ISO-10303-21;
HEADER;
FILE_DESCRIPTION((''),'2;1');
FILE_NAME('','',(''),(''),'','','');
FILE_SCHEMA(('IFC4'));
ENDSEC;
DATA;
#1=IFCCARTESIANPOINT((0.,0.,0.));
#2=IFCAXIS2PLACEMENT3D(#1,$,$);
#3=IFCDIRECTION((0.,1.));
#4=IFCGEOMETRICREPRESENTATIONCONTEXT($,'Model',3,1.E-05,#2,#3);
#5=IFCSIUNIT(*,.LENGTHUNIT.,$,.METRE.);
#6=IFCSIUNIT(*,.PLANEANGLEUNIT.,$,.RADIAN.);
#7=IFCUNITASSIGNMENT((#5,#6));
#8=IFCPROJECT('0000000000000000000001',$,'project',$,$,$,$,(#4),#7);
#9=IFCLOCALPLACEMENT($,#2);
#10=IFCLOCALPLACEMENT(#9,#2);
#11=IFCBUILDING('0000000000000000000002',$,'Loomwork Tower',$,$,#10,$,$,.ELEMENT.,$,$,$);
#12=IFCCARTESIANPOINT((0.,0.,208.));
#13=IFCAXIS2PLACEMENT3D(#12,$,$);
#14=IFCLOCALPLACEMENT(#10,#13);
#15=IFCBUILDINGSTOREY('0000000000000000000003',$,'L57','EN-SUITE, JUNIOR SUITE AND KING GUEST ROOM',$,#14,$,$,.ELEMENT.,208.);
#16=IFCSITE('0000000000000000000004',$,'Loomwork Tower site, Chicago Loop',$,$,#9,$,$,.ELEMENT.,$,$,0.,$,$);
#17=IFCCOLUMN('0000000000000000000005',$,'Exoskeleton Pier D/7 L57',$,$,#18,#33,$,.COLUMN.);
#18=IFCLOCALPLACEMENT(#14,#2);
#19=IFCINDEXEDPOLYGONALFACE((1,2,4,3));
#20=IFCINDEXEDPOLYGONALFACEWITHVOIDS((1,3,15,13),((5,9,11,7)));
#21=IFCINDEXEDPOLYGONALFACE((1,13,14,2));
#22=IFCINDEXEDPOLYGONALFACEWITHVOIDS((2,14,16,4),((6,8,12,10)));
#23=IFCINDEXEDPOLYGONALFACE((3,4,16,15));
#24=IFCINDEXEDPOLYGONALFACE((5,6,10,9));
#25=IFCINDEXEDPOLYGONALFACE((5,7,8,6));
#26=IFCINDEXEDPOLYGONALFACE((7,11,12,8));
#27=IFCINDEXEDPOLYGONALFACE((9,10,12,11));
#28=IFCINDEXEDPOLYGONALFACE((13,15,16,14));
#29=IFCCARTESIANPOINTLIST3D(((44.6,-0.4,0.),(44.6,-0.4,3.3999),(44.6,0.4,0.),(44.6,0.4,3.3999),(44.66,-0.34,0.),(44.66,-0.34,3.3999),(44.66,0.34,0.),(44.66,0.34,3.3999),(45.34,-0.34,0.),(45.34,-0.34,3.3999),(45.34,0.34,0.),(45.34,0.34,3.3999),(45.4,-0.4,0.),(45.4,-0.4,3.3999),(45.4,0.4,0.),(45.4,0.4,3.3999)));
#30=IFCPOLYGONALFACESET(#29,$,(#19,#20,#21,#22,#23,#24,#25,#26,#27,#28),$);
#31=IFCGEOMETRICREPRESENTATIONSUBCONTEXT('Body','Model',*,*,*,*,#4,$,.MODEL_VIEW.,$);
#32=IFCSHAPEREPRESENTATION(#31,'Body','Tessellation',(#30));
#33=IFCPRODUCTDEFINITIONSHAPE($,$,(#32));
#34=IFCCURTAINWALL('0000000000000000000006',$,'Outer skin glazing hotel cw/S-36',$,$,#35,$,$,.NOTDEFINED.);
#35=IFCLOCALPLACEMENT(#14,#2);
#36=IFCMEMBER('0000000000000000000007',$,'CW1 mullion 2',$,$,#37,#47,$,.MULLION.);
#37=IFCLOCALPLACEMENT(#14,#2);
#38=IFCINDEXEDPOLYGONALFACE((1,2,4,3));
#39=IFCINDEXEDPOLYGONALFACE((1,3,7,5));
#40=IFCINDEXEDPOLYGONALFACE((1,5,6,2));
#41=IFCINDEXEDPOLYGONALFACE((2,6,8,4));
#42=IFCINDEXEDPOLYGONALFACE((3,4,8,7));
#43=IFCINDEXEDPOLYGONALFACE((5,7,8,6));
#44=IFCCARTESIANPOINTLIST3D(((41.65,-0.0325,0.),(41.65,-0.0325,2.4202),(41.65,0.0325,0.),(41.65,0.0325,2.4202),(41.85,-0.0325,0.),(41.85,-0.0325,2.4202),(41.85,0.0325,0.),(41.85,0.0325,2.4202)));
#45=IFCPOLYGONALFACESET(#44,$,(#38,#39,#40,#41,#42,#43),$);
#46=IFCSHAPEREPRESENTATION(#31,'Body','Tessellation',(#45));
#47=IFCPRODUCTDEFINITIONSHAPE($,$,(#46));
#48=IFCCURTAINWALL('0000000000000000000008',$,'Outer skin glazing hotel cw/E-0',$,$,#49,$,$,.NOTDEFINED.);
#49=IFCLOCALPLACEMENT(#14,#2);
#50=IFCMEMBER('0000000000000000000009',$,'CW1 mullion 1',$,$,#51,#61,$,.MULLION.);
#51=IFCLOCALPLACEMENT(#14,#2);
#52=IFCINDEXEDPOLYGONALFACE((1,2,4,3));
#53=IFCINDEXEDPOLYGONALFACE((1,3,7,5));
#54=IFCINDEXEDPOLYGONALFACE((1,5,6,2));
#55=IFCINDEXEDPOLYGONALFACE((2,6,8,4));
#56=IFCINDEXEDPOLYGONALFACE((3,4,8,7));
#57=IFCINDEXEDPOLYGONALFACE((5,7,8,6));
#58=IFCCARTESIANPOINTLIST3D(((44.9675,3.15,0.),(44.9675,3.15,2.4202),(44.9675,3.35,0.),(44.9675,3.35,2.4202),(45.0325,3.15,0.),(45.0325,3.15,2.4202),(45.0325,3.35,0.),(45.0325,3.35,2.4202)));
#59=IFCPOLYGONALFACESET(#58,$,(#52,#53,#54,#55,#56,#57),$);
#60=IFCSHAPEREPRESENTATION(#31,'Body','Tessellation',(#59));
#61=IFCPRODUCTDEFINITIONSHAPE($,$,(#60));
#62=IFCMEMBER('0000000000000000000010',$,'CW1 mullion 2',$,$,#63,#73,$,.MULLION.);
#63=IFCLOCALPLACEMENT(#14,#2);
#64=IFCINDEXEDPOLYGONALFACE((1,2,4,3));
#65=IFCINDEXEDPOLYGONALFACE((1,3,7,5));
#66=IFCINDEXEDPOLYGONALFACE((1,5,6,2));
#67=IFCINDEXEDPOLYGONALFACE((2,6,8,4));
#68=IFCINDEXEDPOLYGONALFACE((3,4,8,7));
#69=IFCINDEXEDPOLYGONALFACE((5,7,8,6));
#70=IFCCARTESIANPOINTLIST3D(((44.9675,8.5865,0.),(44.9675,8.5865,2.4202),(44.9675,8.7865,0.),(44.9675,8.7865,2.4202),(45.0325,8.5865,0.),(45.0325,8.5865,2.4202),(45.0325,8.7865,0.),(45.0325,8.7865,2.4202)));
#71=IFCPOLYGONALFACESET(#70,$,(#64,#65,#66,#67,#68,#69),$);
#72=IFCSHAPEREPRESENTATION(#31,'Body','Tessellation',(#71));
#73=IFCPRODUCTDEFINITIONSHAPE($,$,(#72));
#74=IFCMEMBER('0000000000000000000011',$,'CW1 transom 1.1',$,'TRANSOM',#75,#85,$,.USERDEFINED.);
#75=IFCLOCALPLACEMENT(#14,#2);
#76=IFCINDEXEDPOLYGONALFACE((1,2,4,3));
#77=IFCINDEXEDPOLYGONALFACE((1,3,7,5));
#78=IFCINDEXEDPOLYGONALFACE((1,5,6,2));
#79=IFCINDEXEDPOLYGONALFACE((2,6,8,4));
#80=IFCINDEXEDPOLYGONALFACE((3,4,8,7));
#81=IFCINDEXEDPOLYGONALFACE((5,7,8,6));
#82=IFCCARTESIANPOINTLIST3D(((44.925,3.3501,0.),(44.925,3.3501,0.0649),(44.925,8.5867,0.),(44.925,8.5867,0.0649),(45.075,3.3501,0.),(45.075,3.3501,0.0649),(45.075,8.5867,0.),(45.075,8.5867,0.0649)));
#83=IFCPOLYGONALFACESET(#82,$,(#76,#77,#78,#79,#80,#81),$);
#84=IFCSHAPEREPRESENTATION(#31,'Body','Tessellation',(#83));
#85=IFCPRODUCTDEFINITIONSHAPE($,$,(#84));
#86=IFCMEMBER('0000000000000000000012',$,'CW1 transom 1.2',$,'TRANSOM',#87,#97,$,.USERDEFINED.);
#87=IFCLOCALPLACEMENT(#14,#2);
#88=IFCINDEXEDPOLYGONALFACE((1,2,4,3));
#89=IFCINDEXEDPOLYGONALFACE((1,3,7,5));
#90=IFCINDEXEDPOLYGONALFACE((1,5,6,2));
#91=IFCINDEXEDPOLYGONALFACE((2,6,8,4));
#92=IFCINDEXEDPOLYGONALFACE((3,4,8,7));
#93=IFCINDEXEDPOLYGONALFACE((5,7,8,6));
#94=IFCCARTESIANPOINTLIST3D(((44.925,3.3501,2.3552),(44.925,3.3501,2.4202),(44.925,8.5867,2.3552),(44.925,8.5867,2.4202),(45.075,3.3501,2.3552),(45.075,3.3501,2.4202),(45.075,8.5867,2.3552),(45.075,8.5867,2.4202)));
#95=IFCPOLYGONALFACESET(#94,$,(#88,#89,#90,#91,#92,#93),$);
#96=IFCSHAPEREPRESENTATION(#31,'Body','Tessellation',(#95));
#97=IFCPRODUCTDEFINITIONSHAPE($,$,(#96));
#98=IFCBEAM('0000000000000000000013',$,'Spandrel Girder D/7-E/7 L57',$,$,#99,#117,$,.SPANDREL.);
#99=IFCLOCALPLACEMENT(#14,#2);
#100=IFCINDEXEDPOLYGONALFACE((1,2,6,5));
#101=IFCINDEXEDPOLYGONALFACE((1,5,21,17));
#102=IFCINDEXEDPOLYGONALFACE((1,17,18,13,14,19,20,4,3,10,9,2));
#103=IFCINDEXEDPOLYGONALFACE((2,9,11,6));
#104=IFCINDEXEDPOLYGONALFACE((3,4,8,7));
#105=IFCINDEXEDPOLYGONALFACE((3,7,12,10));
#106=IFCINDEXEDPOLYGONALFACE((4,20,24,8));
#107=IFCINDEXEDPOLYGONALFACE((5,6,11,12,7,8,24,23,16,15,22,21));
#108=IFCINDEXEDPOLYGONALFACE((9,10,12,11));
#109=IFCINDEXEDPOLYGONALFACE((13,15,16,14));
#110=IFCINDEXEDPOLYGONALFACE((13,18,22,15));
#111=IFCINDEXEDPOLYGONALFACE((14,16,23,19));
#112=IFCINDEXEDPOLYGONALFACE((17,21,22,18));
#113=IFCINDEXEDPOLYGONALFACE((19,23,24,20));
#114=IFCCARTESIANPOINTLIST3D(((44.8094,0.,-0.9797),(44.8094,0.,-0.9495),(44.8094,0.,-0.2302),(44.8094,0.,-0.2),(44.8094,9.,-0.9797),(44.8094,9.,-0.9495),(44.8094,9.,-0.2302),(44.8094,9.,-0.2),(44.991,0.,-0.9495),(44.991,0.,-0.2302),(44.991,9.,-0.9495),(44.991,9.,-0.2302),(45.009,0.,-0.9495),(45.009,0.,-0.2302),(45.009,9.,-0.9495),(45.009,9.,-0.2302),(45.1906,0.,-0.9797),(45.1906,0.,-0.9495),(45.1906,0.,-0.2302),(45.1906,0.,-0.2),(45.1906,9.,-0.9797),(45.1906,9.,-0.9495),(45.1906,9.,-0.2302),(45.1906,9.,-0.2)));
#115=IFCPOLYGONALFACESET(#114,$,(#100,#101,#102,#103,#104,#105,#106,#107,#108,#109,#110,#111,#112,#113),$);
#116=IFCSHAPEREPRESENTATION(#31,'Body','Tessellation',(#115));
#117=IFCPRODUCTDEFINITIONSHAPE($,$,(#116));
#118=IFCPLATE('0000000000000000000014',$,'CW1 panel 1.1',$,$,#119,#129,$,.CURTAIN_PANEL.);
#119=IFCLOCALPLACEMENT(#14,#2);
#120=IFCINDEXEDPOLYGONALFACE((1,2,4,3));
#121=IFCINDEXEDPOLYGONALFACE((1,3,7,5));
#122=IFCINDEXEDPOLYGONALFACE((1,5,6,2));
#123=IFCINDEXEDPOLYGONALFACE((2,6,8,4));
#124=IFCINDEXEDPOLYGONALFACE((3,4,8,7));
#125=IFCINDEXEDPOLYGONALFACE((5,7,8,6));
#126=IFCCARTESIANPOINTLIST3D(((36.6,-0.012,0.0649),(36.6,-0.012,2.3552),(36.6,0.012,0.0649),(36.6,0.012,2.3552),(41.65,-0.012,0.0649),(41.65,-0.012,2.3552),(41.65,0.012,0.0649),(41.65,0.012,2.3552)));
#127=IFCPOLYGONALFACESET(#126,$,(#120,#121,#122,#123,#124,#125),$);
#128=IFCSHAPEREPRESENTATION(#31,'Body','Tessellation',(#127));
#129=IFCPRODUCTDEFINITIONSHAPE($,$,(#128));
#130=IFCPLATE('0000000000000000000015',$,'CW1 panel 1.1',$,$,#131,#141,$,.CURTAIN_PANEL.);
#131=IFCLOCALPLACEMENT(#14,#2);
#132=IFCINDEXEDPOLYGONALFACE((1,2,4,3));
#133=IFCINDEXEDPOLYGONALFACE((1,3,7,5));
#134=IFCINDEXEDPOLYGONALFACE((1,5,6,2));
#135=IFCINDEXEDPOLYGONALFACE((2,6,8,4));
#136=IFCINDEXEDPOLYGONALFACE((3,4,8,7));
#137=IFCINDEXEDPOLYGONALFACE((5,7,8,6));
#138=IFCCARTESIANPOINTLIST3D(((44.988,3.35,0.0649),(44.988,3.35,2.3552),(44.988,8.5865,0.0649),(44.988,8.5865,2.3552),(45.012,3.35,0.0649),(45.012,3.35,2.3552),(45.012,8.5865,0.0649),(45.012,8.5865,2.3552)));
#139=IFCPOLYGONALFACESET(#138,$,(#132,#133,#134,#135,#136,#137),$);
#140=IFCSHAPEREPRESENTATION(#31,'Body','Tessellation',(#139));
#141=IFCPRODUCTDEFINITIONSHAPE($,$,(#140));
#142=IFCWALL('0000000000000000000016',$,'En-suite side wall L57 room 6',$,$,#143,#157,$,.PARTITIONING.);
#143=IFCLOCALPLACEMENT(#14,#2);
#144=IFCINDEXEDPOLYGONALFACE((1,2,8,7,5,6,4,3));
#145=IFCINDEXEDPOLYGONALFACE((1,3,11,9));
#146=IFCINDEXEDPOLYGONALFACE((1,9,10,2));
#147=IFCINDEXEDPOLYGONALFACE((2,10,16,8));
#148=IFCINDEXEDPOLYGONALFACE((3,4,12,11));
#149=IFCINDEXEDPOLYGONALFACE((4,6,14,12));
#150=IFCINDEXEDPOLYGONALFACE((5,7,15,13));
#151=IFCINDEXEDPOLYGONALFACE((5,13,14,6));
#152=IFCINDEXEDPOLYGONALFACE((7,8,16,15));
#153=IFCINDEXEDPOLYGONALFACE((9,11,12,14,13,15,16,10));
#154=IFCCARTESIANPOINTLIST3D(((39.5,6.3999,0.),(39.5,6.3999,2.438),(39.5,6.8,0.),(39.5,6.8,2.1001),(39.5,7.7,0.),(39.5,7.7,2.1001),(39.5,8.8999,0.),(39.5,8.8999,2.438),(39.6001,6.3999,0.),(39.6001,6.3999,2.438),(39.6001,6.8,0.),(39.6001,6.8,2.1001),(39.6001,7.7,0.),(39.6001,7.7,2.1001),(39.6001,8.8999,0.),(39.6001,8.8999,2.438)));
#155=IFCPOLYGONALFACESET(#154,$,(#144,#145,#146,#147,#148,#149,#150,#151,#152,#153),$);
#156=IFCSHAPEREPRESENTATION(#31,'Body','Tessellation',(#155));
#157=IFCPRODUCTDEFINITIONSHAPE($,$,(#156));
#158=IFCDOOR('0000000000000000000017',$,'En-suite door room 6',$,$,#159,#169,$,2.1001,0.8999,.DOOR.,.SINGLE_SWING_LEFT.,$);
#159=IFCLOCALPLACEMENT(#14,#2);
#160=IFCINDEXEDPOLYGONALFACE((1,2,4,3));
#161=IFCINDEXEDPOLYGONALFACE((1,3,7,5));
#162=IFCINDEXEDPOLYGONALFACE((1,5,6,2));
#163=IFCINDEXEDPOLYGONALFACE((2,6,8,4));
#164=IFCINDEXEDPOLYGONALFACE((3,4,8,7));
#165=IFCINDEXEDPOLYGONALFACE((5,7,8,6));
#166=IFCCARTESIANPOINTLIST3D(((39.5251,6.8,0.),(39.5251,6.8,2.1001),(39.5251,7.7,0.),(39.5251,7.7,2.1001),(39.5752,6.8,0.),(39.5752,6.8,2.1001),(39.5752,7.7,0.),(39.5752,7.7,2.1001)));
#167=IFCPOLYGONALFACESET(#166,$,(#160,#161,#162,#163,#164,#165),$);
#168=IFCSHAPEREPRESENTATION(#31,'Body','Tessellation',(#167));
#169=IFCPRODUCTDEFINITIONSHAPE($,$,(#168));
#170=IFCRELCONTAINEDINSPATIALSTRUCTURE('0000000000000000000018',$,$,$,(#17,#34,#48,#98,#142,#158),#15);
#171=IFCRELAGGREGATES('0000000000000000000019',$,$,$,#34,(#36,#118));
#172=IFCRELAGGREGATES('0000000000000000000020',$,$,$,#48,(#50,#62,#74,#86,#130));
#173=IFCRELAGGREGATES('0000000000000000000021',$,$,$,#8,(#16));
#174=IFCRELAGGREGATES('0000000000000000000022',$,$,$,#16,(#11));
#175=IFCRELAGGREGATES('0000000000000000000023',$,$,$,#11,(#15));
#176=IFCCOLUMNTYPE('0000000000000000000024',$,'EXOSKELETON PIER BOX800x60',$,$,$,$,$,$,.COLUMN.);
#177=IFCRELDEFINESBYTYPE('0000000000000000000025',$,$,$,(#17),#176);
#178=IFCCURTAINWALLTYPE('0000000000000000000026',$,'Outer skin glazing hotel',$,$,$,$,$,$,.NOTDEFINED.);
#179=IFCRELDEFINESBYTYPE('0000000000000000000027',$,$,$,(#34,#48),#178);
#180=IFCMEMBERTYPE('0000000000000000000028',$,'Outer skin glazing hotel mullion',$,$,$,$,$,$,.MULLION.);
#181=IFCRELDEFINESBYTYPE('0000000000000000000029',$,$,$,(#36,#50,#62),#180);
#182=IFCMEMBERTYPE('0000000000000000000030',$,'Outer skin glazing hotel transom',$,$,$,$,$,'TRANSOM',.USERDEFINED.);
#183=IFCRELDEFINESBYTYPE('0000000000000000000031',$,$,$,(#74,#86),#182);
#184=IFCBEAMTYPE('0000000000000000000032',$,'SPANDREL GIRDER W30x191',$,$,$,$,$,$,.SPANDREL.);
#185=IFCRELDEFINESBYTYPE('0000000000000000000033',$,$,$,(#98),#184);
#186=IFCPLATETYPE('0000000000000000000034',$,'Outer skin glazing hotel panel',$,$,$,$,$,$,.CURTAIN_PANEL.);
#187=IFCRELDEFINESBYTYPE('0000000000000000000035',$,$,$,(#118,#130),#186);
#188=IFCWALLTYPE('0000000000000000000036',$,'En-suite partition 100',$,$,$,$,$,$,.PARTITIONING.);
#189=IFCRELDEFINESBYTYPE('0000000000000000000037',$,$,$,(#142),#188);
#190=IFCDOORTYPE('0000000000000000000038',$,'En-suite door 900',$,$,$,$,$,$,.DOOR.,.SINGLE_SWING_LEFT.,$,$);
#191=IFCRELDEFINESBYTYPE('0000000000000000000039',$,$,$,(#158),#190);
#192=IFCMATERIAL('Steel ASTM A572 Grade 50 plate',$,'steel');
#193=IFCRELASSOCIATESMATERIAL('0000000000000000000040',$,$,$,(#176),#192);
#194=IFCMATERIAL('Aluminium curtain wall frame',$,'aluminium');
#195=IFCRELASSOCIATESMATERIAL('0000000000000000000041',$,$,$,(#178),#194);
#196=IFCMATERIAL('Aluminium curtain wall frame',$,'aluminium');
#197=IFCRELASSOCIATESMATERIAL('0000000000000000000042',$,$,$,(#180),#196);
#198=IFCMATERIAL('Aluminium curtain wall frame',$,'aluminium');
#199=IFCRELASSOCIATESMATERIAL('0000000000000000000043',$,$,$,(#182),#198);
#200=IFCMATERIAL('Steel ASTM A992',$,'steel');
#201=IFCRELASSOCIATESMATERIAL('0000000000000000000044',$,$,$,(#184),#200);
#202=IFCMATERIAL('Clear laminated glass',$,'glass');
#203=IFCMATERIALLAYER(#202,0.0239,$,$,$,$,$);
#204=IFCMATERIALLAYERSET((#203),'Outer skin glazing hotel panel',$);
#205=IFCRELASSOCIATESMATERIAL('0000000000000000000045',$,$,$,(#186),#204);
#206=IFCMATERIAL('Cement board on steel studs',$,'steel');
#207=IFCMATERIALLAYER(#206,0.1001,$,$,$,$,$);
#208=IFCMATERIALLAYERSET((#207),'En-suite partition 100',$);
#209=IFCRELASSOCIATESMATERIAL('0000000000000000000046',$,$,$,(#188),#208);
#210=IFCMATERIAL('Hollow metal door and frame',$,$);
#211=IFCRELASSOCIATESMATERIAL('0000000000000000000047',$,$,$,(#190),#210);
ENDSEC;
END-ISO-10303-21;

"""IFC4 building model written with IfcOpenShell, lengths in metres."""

from ifc_helpers import new_model, si_unit, direction, frame, frame_2d, origin, origin_2d, place, context, subcontext, project, spatial, rectangle, hollow_rectangle, i_section, extrude, material, layer, layer_set, material_profile, profile_set, type_object, element, fill, aggregate, save


model = new_model("IFC4")

# Units and contexts
model_context = context("Model", 3, precision=1e-05, world=origin(), true_north=direction((0.0, 1.0)))
body_context = subcontext(model_context, "Body", "Model", "MODEL_VIEW")
ifc_project = project(units=[si_unit("LENGTHUNIT", "METRE"), si_unit("PLANEANGLEUNIT", "RADIAN")], contexts=[model_context])

# Site, building, storey
site_placement = place(None, origin())
site = spatial("IfcSite", under=ifc_project, at=site_placement, Name="Loomwork Tower site, Chicago Loop", CompositionType="ELEMENT", RefElevation=0.0)
building_placement = place(site_placement, origin())
building = spatial("IfcBuilding", under=site, at=building_placement, Name="Loomwork Tower", CompositionType="ELEMENT")
storey_placement = place(building_placement, frame((0.0, 0.0, 208.0)))
storey = spatial("IfcBuildingStorey", under=building, at=storey_placement, Name="L57", Description="EN-SUITE, JUNIOR SUITE AND KING GUEST ROOM", CompositionType="ELEMENT", Elevation=208.0)

# Column
ifc_material_1 = material(Name="Steel ASTM A572 Grade 50 plate", Category="steel")
ifc_material_profile_1 = material_profile(ifc_material_1, hollow_rectangle(XDim=0.8, YDim=0.8, WallThickness=0.0601, at=origin_2d()), Name="BOX800x60")
ifc_profile_set_1 = profile_set([ifc_material_profile_1], Name="Steel ASTM A572 Grade 50 plate")
column_type = type_object("IfcColumnType", Name="EXOSKELETON PIER BOX800x60", PredefinedType="COLUMN", material=ifc_profile_set_1)
column_placement = place(storey_placement, frame((45.0, 0.0, 0.0), z_axis=(0.0, 0.0, 1.0), x_axis=(1.0, 0.0, 0.0)))
element("IfcColumn", 1, at=column_placement, inside=storey, type_object=column_type, Name="Exoskeleton Pier D/7 L57", PredefinedType="COLUMN", context=body_context, shape_type="SweptSolid", body=[
    extrude(hollow_rectangle(XDim=0.8, YDim=0.8, WallThickness=0.0601, at=origin_2d()), origin(), (0.0, 0.0, 1.0), 3.3999),
])

# Curtain wall, member
ifc_material_2 = material(Name="Aluminium curtain wall frame", Category="aluminium")
curtain_wall_type = type_object("IfcCurtainWallType", Name="Outer skin glazing hotel", PredefinedType="NOTDEFINED", material=ifc_material_2)
curtain_wall_1_placement = place(storey_placement, origin())
curtain_wall_1 = element("IfcCurtainWall", 2, at=curtain_wall_1_placement, inside=storey, type_object=curtain_wall_type, Name="Outer skin glazing hotel cw/S-36", PredefinedType="NOTDEFINED")
ifc_material_3 = material(Name="Aluminium curtain wall frame", Category="aluminium")
ifc_material_profile_2 = material_profile(ifc_material_3, rectangle(XDim=0.0649, YDim=0.2, at=origin_2d()), Name="AL 65x200")
ifc_profile_set_2 = profile_set([ifc_material_profile_2], Name="Aluminium curtain wall frame")
member_type_1 = type_object("IfcMemberType", Name="Outer skin glazing hotel mullion", PredefinedType="MULLION", material=ifc_profile_set_2)
member_1_placement = place(storey_placement, frame((41.75, 0.0, 0.0), z_axis=(0.0, 0.0, 1.0), x_axis=(0.0, 1.0, 0.0)))
member_1 = element("IfcMember", 3, at=member_1_placement, type_object=member_type_1, Name="CW1 mullion 2", PredefinedType="MULLION", context=body_context, shape_type="SweptSolid", body=[
    extrude(rectangle(XDim=0.0649, YDim=0.2, at=origin_2d()), origin(), (0.0, 0.0, 1.0), 2.4202),
])

# Curtain wall, members
curtain_wall_2_placement = place(storey_placement, origin())
curtain_wall_2 = element("IfcCurtainWall", 4, at=curtain_wall_2_placement, inside=storey, type_object=curtain_wall_type, Name="Outer skin glazing hotel cw/E-0", PredefinedType="NOTDEFINED")
member_2_placement = place(storey_placement, frame((45.0, 3.25, 0.0), z_axis=(0.0, 0.0, 1.0), x_axis=(-1.0, 0.0, 0.0)))
member_2 = element("IfcMember", 5, at=member_2_placement, type_object=member_type_1, Name="CW1 mullion 1", PredefinedType="MULLION", context=body_context, shape_type="SweptSolid", body=[
    extrude(rectangle(XDim=0.0649, YDim=0.2, at=origin_2d()), origin(), (0.0, 0.0, 1.0), 2.4202),
])
member_3_placement = place(storey_placement, frame((45.0, 8.6865, 0.0), z_axis=(0.0, 0.0, 1.0), x_axis=(-1.0, 0.0, 0.0)))
member_3 = element("IfcMember", 6, at=member_3_placement, type_object=member_type_1, Name="CW1 mullion 2", PredefinedType="MULLION", context=body_context, shape_type="SweptSolid", body=[
    extrude(rectangle(XDim=0.0649, YDim=0.2, at=origin_2d()), origin(), (0.0, 0.0, 1.0), 2.4202),
])
ifc_material_4 = material(Name="Aluminium curtain wall frame", Category="aluminium")
ifc_material_profile_3 = material_profile(ifc_material_4, rectangle(XDim=0.1499, YDim=0.0649, at=origin_2d()), Name="AL 65x150")
ifc_profile_set_3 = profile_set([ifc_material_profile_3], Name="Aluminium curtain wall frame")
member_type_2 = type_object("IfcMemberType", Name="Outer skin glazing hotel transom", ElementType="TRANSOM", PredefinedType="USERDEFINED", material=ifc_profile_set_3)
member_4_placement = place(storey_placement, frame((45.0, 3.3501, 0.0325), z_axis=(0.0, 1.0, 0.0), x_axis=(-1.0, 0.0, 0.0)))
member_4 = element("IfcMember", 7, at=member_4_placement, type_object=member_type_2, Name="CW1 transom 1.1", ObjectType="TRANSOM", PredefinedType="USERDEFINED", context=body_context, shape_type="SweptSolid", body=[
    extrude(rectangle(XDim=0.1499, YDim=0.0649, at=origin_2d()), origin(), (0.0, 0.0, 1.0), 5.2366),
])
member_5_placement = place(storey_placement, frame((45.0, 3.3501, 2.3877), z_axis=(0.0, 1.0, 0.0), x_axis=(-1.0, 0.0, 0.0)))
member_5 = element("IfcMember", 8, at=member_5_placement, type_object=member_type_2, Name="CW1 transom 1.2", ObjectType="TRANSOM", PredefinedType="USERDEFINED", context=body_context, shape_type="SweptSolid", body=[
    extrude(rectangle(XDim=0.1499, YDim=0.0649, at=origin_2d()), origin(), (0.0, 0.0, 1.0), 5.2366),
])

# Beam
ifc_material_5 = material(Name="Steel ASTM A992", Category="steel")
ifc_material_profile_4 = material_profile(ifc_material_5, i_section(OverallWidth=0.3811, OverallDepth=0.7798, WebThickness=0.0181, FlangeThickness=0.0303, at=origin_2d()), Name="W30x191")
ifc_profile_set_4 = profile_set([ifc_material_profile_4], Name="Steel ASTM A992")
beam_type = type_object("IfcBeamType", Name="SPANDREL GIRDER W30x191", PredefinedType="SPANDREL", material=ifc_profile_set_4)
beam_placement = place(storey_placement, frame((45.0, 0.0, -0.5898), z_axis=(0.0, 1.0, 0.0), x_axis=(-1.0, 0.0, 0.0)))
element("IfcBeam", 9, at=beam_placement, inside=storey, type_object=beam_type, Name="Spandrel Girder D/7-E/7 L57", PredefinedType="SPANDREL", context=body_context, shape_type="SweptSolid", body=[
    extrude(i_section(OverallWidth=0.3811, OverallDepth=0.7798, WebThickness=0.0181, FlangeThickness=0.0303, at=origin_2d()), origin(), (0.0, 0.0, 1.0), 9.0),
])

# Plates
ifc_material_6 = material(Name="Clear laminated glass", Category="glass")
ifc_layer_1 = layer(ifc_material_6, 0.0239)
ifc_layer_set_1 = layer_set([ifc_layer_1], Name="Outer skin glazing hotel panel")
plate_type = type_object("IfcPlateType", Name="Outer skin glazing hotel panel", PredefinedType="CURTAIN_PANEL", material=ifc_layer_set_1)
plate_1_placement = place(storey_placement, frame((39.125, 0.0, 0.0649), z_axis=(0.0, 0.0, 1.0), x_axis=(1.0, 0.0, 0.0)))
plate_1 = element("IfcPlate", 10, at=plate_1_placement, type_object=plate_type, Name="CW1 panel 1.1", PredefinedType="CURTAIN_PANEL", context=body_context, shape_type="SweptSolid", body=[
    extrude(rectangle(XDim=5.05, YDim=0.0239, at=origin_2d()), origin(), (0.0, 0.0, 1.0), 2.2903),
])
aggregate(curtain_wall_1, [member_1, plate_1])
plate_2_placement = place(storey_placement, frame((45.0, 5.9683, 0.0649), z_axis=(0.0, 0.0, 1.0), x_axis=(0.0, 1.0, 0.0)))
plate_2 = element("IfcPlate", 11, at=plate_2_placement, type_object=plate_type, Name="CW1 panel 1.1", PredefinedType="CURTAIN_PANEL", context=body_context, shape_type="SweptSolid", body=[
    extrude(rectangle(XDim=5.2366, YDim=0.0239, at=origin_2d()), origin(), (0.0, 0.0, 1.0), 2.2903),
])
aggregate(curtain_wall_2, [member_2, member_3, member_4, member_5, plate_2])

# Wall, opening, door
ifc_material_7 = material(Name="Cement board on steel studs", Category="steel")
ifc_layer_2 = layer(ifc_material_7, 0.1001)
ifc_layer_set_2 = layer_set([ifc_layer_2], Name="En-suite partition 100")
wall_type_1 = type_object("IfcWallType", Name="En-suite partition 100", PredefinedType="PARTITIONING", material=ifc_layer_set_2)
wall_1_placement = place(storey_placement, frame((39.55, 8.8999, 0.0), z_axis=(0.0, 0.0, 1.0), x_axis=(0.0, -1.0, 0.0)))
wall_1 = element("IfcWall", 12, at=wall_1_placement, inside=storey, type_object=wall_type_1, Name="En-suite side wall L57 room 6", PredefinedType="PARTITIONING", context=body_context, shape_type="SweptSolid", body=[
    extrude(rectangle(XDim=2.5, YDim=0.1001, at=frame_2d((1.25, 0.0))), origin(), (0.0, 0.0, 1.0), 2.438),
])
opening_1_placement = place(wall_1_placement, frame((1.2, 0.0, 0.0)))
opening_1 = element("IfcOpeningElement", 13, at=opening_1_placement, cuts=wall_1, PredefinedType="OPENING", context=body_context, shape_type="SweptSolid", body=[
    extrude(rectangle(XDim=0.8999, YDim=2.1001, at=frame_2d((0.45, 1.05))), frame((0.0, 0.0601, 0.0), z_axis=(0.0, -1.0, 0.0), x_axis=(1.0, 0.0, 0.0)), (0.0, 0.0, 1.0), 0.1201),
])
ifc_material_8 = material(Name="Hollow metal door and frame")
door_type = type_object("IfcDoorType", Name="En-suite door 900", OperationType="SINGLE_SWING_LEFT", PredefinedType="DOOR", material=ifc_material_8)
door_placement = place(opening_1_placement, frame((0.8999, 0.0, 0.0), z_axis=(0.0, 0.0, 1.0), x_axis=(-1.0, 0.0, 0.0)))
door = element("IfcDoor", 14, at=door_placement, inside=storey, type_object=door_type, Name="En-suite door room 6", OperationType="SINGLE_SWING_LEFT", OverallHeight=2.1001, OverallWidth=0.8999, PredefinedType="DOOR", context=body_context, shape_type="SweptSolid", body=[
    extrude(rectangle(XDim=0.8999, YDim=2.1001, at=frame_2d((0.45, 1.05))), frame((0.0, 0.0249, 0.0), z_axis=(0.0, -1.0, 0.0), x_axis=(1.0, 0.0, 0.0)), (0.0, 0.0, 1.0), 0.05),
])
fill(opening_1, door)

save(model, "model.ifc")
